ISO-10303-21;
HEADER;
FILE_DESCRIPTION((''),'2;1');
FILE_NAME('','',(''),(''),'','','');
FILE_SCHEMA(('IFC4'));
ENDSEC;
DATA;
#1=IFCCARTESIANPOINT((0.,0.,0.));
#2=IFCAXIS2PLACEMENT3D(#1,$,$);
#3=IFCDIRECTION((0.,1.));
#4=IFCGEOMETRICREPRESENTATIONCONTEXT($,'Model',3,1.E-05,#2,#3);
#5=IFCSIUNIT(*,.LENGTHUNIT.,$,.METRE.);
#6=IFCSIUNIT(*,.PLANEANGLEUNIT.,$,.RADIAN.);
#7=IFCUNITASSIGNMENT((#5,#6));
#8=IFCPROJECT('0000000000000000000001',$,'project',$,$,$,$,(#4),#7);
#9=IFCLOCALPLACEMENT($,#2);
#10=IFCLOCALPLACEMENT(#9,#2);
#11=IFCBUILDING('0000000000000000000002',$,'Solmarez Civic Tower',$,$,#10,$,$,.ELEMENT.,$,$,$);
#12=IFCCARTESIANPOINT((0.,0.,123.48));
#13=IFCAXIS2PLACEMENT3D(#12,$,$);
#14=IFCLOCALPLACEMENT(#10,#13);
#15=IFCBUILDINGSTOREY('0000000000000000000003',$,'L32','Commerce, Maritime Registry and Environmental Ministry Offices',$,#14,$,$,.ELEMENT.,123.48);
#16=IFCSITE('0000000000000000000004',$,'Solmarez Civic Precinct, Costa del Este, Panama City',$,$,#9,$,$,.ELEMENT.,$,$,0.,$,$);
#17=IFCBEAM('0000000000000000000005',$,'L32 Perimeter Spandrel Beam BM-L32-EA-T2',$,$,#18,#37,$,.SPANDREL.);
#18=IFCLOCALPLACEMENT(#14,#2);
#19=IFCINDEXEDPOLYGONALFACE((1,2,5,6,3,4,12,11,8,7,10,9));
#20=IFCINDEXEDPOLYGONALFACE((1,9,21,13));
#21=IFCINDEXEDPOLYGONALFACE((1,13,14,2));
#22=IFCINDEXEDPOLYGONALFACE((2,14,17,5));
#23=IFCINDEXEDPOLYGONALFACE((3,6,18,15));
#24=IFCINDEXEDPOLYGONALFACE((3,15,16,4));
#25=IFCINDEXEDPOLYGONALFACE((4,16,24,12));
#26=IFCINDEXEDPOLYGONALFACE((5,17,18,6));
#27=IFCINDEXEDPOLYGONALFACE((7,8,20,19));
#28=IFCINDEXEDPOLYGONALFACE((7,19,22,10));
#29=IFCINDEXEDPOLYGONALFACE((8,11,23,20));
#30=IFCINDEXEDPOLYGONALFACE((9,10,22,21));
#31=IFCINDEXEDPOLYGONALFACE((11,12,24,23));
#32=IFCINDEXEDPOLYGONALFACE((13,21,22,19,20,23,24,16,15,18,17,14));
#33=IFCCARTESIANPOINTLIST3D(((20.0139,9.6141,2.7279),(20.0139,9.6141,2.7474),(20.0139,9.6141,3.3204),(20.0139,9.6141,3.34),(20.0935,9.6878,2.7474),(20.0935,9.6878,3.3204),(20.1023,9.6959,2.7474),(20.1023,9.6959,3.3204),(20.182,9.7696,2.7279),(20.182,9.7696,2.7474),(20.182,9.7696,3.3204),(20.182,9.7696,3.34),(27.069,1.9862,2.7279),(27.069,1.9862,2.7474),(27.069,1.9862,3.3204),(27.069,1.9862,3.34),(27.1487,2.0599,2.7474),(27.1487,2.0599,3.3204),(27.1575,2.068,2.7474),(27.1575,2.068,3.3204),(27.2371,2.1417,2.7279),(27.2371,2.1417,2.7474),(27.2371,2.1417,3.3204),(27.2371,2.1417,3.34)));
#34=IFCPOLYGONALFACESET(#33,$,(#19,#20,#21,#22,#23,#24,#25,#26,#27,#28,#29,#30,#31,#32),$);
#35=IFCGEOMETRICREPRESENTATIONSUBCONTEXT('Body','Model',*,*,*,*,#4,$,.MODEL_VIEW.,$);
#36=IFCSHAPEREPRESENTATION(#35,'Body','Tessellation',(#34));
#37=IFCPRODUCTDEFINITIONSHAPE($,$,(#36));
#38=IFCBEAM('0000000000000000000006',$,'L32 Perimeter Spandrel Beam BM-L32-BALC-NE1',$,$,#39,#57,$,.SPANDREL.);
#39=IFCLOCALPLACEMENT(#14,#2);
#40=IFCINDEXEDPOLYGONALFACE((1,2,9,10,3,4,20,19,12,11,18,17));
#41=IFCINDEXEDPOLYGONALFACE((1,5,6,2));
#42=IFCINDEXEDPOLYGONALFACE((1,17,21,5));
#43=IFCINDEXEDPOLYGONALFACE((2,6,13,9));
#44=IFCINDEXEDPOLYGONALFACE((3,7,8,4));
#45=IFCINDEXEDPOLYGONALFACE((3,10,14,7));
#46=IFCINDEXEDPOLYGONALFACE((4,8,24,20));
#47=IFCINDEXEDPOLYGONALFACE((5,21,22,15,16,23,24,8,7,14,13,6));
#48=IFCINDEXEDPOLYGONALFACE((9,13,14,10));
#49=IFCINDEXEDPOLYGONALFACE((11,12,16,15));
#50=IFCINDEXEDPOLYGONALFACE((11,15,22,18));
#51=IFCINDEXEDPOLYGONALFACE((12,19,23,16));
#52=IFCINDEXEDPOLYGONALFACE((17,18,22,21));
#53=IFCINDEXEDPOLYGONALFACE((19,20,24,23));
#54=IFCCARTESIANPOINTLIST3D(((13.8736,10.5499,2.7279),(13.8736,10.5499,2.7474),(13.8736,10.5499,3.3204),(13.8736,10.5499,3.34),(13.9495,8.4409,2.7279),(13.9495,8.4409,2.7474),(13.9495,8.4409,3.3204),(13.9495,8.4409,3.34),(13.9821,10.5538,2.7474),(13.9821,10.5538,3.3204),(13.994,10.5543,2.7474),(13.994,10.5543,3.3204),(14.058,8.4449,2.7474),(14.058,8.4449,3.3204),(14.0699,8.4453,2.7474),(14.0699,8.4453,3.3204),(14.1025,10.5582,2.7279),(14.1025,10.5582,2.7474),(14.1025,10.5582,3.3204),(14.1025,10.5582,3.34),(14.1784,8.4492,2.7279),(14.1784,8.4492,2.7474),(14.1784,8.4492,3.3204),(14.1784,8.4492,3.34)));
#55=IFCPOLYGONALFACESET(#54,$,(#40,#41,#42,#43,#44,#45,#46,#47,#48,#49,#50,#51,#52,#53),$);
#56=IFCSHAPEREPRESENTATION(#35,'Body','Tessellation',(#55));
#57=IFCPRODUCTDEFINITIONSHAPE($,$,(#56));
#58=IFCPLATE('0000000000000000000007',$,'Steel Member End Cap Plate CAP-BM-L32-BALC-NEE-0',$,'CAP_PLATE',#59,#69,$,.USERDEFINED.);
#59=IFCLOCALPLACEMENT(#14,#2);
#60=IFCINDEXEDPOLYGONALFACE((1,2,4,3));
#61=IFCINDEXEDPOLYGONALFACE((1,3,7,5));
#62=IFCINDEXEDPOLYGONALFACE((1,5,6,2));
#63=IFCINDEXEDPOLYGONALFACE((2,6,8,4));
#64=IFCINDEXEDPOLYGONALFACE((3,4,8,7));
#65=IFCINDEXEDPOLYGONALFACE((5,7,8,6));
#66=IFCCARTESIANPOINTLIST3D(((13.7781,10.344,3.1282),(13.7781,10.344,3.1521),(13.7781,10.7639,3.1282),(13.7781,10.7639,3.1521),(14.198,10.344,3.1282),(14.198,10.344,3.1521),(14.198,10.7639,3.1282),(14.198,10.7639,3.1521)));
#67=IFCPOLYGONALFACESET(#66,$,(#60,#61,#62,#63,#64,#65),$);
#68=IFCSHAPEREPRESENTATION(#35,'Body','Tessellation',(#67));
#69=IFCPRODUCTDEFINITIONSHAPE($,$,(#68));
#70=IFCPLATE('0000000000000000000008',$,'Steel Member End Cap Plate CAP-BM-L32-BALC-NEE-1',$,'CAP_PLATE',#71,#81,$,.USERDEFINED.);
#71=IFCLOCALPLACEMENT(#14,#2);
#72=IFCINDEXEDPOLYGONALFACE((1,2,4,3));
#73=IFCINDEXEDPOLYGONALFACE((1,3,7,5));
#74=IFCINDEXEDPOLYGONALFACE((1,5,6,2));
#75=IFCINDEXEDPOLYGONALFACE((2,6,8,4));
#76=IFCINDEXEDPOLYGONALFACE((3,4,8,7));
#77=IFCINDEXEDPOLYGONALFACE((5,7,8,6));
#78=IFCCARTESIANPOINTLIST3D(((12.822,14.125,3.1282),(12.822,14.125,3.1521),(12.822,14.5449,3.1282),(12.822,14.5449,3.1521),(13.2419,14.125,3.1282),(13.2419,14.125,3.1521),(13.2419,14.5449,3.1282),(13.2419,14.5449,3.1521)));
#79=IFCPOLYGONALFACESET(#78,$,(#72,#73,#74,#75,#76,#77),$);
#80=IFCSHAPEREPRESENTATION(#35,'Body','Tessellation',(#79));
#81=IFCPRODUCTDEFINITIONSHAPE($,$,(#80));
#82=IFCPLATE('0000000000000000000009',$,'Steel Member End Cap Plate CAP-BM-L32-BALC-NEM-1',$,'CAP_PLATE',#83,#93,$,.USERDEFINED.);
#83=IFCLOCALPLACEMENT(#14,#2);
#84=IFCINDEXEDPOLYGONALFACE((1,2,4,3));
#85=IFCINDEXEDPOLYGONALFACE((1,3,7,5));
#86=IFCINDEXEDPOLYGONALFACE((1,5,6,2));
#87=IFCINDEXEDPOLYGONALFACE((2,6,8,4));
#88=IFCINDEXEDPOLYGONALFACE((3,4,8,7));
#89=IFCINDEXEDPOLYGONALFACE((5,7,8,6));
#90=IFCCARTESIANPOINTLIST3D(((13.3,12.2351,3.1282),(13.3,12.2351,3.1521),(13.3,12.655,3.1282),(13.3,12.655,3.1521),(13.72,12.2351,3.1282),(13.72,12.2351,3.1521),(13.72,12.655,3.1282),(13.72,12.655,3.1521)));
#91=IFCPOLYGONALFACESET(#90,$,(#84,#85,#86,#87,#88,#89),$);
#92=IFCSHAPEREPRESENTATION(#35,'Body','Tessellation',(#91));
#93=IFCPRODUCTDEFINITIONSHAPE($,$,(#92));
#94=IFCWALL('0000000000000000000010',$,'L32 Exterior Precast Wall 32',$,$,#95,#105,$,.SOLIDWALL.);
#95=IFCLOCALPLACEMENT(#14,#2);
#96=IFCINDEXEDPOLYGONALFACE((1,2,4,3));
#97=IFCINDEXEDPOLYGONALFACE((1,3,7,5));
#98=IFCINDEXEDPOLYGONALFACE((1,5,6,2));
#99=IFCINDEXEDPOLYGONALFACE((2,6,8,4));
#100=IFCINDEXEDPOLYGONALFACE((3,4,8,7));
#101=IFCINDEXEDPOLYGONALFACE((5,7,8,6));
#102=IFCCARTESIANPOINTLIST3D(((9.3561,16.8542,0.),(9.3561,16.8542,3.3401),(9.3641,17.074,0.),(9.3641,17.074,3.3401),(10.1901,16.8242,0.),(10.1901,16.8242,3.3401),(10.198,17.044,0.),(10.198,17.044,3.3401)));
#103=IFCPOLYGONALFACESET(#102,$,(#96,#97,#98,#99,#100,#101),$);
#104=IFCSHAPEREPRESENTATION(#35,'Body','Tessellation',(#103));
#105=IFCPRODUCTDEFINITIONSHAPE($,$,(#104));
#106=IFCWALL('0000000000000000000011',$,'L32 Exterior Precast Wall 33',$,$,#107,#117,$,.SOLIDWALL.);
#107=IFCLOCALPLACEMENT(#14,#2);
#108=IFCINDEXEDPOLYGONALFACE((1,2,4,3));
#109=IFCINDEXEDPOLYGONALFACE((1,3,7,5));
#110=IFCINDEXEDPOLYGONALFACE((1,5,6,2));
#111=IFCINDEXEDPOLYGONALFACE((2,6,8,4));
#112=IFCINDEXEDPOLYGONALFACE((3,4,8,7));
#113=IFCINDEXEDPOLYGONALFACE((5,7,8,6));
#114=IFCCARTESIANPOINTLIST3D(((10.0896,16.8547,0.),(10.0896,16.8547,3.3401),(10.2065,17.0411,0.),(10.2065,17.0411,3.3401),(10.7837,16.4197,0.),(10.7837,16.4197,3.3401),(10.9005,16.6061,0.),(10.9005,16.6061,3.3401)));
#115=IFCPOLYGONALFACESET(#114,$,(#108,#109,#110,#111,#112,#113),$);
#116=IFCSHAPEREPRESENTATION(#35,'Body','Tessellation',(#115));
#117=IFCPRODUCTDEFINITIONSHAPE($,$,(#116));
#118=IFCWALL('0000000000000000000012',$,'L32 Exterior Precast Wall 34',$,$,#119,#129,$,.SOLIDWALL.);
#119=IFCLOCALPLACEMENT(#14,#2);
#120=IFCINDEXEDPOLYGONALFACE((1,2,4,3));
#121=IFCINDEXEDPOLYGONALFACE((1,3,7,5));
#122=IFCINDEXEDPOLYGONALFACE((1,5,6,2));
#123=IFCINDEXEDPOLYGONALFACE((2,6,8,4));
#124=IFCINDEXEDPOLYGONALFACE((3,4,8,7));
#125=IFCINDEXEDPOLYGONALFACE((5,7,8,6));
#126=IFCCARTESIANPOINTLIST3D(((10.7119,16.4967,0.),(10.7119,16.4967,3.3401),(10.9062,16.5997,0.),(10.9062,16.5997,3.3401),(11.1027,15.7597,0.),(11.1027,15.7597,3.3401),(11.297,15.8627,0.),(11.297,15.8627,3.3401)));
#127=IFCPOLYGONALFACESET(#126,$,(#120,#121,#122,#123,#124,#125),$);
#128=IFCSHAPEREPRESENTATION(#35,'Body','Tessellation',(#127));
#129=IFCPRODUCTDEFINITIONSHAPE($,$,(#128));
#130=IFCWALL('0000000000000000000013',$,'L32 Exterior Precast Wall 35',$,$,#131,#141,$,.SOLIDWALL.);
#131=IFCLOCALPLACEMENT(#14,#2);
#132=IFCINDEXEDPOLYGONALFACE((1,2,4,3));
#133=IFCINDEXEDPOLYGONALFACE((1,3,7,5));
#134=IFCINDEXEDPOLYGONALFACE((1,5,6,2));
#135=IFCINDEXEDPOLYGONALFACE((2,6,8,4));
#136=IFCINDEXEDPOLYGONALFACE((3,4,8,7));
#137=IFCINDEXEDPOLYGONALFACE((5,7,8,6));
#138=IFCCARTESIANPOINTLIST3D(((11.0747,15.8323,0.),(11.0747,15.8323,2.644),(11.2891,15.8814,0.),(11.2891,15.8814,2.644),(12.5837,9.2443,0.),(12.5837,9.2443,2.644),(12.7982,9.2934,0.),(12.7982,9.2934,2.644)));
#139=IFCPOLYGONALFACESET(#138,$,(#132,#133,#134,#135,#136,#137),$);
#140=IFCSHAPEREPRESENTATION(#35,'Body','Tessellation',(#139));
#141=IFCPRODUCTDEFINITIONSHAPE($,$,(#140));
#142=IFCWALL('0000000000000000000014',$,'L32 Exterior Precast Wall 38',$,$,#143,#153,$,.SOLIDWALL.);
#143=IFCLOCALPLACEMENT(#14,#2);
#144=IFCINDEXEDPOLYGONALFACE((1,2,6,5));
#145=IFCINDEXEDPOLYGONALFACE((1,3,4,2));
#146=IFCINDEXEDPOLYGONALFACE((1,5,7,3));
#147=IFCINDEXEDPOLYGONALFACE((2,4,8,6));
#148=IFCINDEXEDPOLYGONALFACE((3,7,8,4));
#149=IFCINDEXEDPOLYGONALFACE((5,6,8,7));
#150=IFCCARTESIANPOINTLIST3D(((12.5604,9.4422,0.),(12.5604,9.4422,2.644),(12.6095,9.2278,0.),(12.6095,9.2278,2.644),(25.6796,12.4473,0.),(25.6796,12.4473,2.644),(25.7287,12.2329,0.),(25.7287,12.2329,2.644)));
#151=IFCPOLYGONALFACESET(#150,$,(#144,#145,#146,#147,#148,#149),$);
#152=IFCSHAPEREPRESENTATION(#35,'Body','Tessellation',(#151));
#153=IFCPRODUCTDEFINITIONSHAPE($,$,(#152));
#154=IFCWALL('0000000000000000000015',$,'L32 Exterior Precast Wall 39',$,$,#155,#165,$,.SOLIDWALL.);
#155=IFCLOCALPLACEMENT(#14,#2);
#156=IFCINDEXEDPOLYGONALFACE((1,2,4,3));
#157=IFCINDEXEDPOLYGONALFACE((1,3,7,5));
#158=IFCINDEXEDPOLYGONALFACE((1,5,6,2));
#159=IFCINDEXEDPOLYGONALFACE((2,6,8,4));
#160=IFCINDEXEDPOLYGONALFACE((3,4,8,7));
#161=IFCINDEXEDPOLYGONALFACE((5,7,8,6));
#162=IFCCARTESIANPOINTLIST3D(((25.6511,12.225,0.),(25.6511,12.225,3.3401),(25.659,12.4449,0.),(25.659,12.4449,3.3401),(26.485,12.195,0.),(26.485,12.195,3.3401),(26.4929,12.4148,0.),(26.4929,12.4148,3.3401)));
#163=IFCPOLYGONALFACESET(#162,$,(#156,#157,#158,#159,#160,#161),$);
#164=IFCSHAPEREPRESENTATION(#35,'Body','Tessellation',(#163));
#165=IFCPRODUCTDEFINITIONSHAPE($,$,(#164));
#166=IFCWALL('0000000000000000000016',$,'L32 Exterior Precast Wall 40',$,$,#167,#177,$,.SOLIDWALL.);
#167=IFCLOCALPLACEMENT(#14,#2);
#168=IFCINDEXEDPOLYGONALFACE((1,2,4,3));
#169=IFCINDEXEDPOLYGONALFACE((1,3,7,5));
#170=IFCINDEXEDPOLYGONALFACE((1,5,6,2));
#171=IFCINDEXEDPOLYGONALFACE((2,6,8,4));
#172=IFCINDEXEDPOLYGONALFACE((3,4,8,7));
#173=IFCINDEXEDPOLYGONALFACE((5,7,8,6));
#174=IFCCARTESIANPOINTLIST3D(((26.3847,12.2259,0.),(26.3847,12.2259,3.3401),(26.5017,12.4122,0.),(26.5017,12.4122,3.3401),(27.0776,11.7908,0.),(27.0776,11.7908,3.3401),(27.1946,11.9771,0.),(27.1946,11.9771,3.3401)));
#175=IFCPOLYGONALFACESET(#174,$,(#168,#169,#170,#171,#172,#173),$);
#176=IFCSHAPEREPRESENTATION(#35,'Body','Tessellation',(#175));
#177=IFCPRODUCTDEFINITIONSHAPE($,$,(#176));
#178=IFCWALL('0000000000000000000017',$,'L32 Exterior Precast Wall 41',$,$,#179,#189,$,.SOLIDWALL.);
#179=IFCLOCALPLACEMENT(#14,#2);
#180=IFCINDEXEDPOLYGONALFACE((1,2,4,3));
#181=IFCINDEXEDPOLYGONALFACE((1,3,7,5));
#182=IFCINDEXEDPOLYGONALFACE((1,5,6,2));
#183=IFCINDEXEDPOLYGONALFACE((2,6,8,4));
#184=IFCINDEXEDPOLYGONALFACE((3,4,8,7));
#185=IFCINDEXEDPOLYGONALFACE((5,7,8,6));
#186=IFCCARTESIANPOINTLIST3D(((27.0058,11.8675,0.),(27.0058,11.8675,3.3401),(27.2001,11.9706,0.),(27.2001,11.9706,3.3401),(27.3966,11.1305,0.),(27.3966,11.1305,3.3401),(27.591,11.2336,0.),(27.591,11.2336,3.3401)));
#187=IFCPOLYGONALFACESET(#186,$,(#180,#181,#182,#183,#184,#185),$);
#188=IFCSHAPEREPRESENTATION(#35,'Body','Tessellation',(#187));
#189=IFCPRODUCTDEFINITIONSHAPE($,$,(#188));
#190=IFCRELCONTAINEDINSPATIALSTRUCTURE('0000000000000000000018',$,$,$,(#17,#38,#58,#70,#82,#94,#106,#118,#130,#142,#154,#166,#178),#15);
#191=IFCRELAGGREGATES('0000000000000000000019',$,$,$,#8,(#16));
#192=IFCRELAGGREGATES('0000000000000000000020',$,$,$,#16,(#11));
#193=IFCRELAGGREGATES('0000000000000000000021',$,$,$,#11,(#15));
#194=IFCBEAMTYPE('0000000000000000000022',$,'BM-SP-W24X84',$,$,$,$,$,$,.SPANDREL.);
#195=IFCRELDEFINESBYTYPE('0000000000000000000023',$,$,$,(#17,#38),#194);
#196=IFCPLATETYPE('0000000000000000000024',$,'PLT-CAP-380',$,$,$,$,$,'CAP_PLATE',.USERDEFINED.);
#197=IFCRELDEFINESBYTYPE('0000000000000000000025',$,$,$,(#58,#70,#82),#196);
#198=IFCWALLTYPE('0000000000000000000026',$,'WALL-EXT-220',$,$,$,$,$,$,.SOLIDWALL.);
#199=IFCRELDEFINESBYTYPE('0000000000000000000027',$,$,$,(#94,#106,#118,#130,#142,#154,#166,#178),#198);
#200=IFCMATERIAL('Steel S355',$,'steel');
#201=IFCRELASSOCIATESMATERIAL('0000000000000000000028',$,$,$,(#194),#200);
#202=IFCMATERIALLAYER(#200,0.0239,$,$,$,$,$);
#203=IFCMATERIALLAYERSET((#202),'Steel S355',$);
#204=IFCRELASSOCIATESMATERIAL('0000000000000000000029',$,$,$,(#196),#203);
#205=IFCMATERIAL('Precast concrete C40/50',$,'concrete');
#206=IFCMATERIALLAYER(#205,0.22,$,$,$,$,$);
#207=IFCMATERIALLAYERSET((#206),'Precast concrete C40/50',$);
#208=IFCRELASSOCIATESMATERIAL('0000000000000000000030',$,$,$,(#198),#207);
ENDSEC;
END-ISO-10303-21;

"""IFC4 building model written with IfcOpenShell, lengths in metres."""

from ifc_helpers import new_model, si_unit, direction, frame, frame_2d, origin, origin_2d, place, context, subcontext, project, spatial, rectangle, i_section, extrude, material, layer, layer_set, material_profile, profile_set, type_object, element, save


model = new_model("IFC4")

# Units and contexts
model_context = context("Model", 3, precision=1e-05, world=origin(), true_north=direction((0.0, 1.0)))
body_context = subcontext(model_context, "Body", "Model", "MODEL_VIEW")
ifc_project = project(units=[si_unit("LENGTHUNIT", "METRE"), si_unit("PLANEANGLEUNIT", "RADIAN")], contexts=[model_context])

# Site, building, storey
site_placement = place(None, origin())
site = spatial("IfcSite", under=ifc_project, at=site_placement, Name="Solmarez Civic Precinct, Costa del Este, Panama City", CompositionType="ELEMENT", RefElevation=0.0)
building_placement = place(site_placement, origin())
building = spatial("IfcBuilding", under=site, at=building_placement, Name="Solmarez Civic Tower", CompositionType="ELEMENT")
storey_placement = place(building_placement, frame((0.0, 0.0, 123.48)))
storey = spatial("IfcBuildingStorey", under=building, at=storey_placement, Name="L32", Description="Commerce, Maritime Registry and Environmental Ministry Offices", CompositionType="ELEMENT", Elevation=123.48)

# Beams
ifc_material_1 = material(Name="Steel S355", Category="steel")
ifc_material_profile_1 = material_profile(ifc_material_1, i_section(OverallWidth=0.229, OverallDepth=0.6121, WebThickness=0.012, FlangeThickness=0.0195, at=origin_2d()), Name="W24X84")
ifc_profile_set_1 = profile_set([ifc_material_profile_1], Name="Steel S355")
beam_type_1 = type_object("IfcBeamType", Name="BM-SP-W24X84", PredefinedType="SPANDREL", material=ifc_profile_set_1)
beam_1_placement = place(storey_placement, frame((27.1531, 2.064, 3.0339), z_axis=(-0.679008, 0.734131, 0.0), x_axis=(-0.734131, -0.679008, 0.0)))
element("IfcBeam", 1, at=beam_1_placement, inside=storey, type_object=beam_type_1, Name="L32 Perimeter Spandrel Beam BM-L32-EA-T2", PredefinedType="SPANDREL", context=body_context, shape_type="SweptSolid", body=[
    extrude(i_section(OverallWidth=0.229, OverallDepth=0.6121, WebThickness=0.012, FlangeThickness=0.0195, at=origin_2d()), origin(), (0.0, 0.0, 1.0), 10.3904),
])
beam_2_placement = place(storey_placement, frame((14.064, 8.4451, 3.0339), z_axis=(-0.03598, 0.999352, 0.0), x_axis=(-0.999352, -0.03598, 0.0)))
element("IfcBeam", 2, at=beam_2_placement, inside=storey, type_object=beam_type_1, Name="L32 Perimeter Spandrel Beam BM-L32-BALC-NE1", PredefinedType="SPANDREL", context=body_context, shape_type="SweptSolid", body=[
    extrude(i_section(OverallWidth=0.229, OverallDepth=0.6121, WebThickness=0.012, FlangeThickness=0.0195, at=origin_2d()), origin(), (0.0, 0.0, 1.0), 2.1104),
])

# Plates
ifc_layer_1 = layer(ifc_material_1, 0.0239)
ifc_layer_set_1 = layer_set([ifc_layer_1], Name="Steel S355")
plate_type = type_object("IfcPlateType", Name="PLT-CAP-380", ElementType="CAP_PLATE", PredefinedType="USERDEFINED", material=ifc_layer_set_1)
for number, where, z_axis, x_axis, name in (
    (3, (13.988, 10.554, 3.1282), (0.0, 0.0, 1.0), (1.0, 0.0, 0.0), "Steel Member End Cap Plate CAP-BM-L32-BALC-NEE-0"),
    (4, (13.032, 14.335, 3.1282), (0.0, 0.0, 1.0), (1.0, 0.0, 0.0), "Steel Member End Cap Plate CAP-BM-L32-BALC-NEE-1"),
    (5, (13.51, 12.4451, 3.1282), (0.0, 0.0, 1.0), (1.0, 0.0, 0.0), "Steel Member End Cap Plate CAP-BM-L32-BALC-NEM-1"),
):
    element("IfcPlate", number, at=place(storey_placement, frame(where, z_axis=z_axis, x_axis=x_axis)), inside=storey, type_object=plate_type, Name=name, ObjectType="CAP_PLATE", PredefinedType="USERDEFINED", context=body_context, shape_type="SweptSolid", body=[
        extrude(rectangle(XDim=0.4199, YDim=0.4199, at=origin_2d()), origin(), (0.0, 0.0, 1.0), 0.0239),
    ])

# Walls
ifc_material_2 = material(Name="Precast concrete C40/50", Category="concrete")
ifc_layer_2 = layer(ifc_material_2, 0.22)
ifc_layer_set_2 = layer_set([ifc_layer_2], Name="Precast concrete C40/50")
wall_type_1 = type_object("IfcWallType", Name="WALL-EXT-220", PredefinedType="SOLIDWALL", material=ifc_layer_set_2)
wall_1_placement = place(storey_placement, frame((9.3601, 16.9641, 0.0), z_axis=(0.0, 0.0, 1.0), x_axis=(0.999352, -0.035984, 0.0)))
element("IfcWall", 6, at=wall_1_placement, inside=storey, type_object=wall_type_1, Name="L32 Exterior Precast Wall 32", PredefinedType="SOLIDWALL", context=body_context, shape_type="SweptSolid", body=[
    extrude(rectangle(XDim=0.8345, YDim=0.22, at=frame_2d((0.4172, 0.0))), origin(), (0.0, 0.0, 1.0), 3.3401),
])
wall_2_placement = place(storey_placement, frame((10.1479, 16.948, 0.0), z_axis=(0.0, 0.0, 1.0), x_axis=(0.847311, -0.531097, 0.0)))
element("IfcWall", 7, at=wall_2_placement, inside=storey, type_object=wall_type_1, Name="L32 Exterior Precast Wall 33", PredefinedType="SOLIDWALL", context=body_context, shape_type="SweptSolid", body=[
    extrude(rectangle(XDim=0.8191, YDim=0.22, at=frame_2d((0.4097, 0.0))), origin(), (0.0, 0.0, 1.0), 3.3401),
])
wall_3_placement = place(storey_placement, frame((10.8091, 16.5481, 0.0), z_axis=(0.0, 0.0, 1.0), x_axis=(0.468506, -0.88346, 0.0)))
element("IfcWall", 8, at=wall_3_placement, inside=storey, type_object=wall_type_1, Name="L32 Exterior Precast Wall 34", PredefinedType="SOLIDWALL", context=body_context, shape_type="SweptSolid", body=[
    extrude(rectangle(XDim=0.8342, YDim=0.22, at=frame_2d((0.417, 0.0))), origin(), (0.0, 0.0, 1.0), 3.3401),
])
wall_4_placement = place(storey_placement, frame((11.1819, 15.8569, 0.0), z_axis=(0.0, 0.0, 1.0), x_axis=(0.223279, -0.974755, 0.0)))
element("IfcWall", 9, at=wall_4_placement, inside=storey, type_object=wall_type_1, Name="L32 Exterior Precast Wall 35", PredefinedType="SOLIDWALL", context=body_context, shape_type="SweptSolid", body=[
    extrude(rectangle(XDim=6.7585, YDim=0.22, at=frame_2d((3.3794, 0.0))), origin(), (0.0, 0.0, 1.0), 2.644),
])
wall_5_placement = place(storey_placement, frame((12.585, 9.335, 0.0), z_axis=(0.0, 0.0, 1.0), x_axis=(0.974754, 0.223281, 0.0)))
element("IfcWall", 10, at=wall_5_placement, inside=storey, type_object=wall_type_1, Name="L32 Exterior Precast Wall 38", PredefinedType="SOLIDWALL", context=body_context, shape_type="SweptSolid", body=[
    extrude(rectangle(XDim=13.459, YDim=0.22, at=frame_2d((6.7295, 0.0))), origin(), (0.0, 0.0, 1.0), 2.644),
])
wall_6_placement = place(storey_placement, frame((25.655, 12.335, 0.0), z_axis=(0.0, 0.0, 1.0), x_axis=(0.999352, -0.035984, 0.0)))
element("IfcWall", 11, at=wall_6_placement, inside=storey, type_object=wall_type_1, Name="L32 Exterior Precast Wall 39", PredefinedType="SOLIDWALL", context=body_context, shape_type="SweptSolid", body=[
    extrude(rectangle(XDim=0.8345, YDim=0.22, at=frame_2d((0.4172, 0.0))), origin(), (0.0, 0.0, 1.0), 3.3401),
])
wall_7_placement = place(storey_placement, frame((26.4431, 12.3191, 0.0), z_axis=(0.0, 0.0, 1.0), x_axis=(0.84689, -0.531768, 0.0)))
element("IfcWall", 12, at=wall_7_placement, inside=storey, type_object=wall_type_1, Name="L32 Exterior Precast Wall 40", PredefinedType="SOLIDWALL", context=body_context, shape_type="SweptSolid", body=[
    extrude(rectangle(XDim=0.8181, YDim=0.22, at=frame_2d((0.4092, 0.0))), origin(), (0.0, 0.0, 1.0), 3.3401),
])
wall_8_placement = place(storey_placement, frame((27.103, 11.9189, 0.0), z_axis=(0.0, 0.0, 1.0), x_axis=(0.468506, -0.88346, 0.0)))
element("IfcWall", 13, at=wall_8_placement, inside=storey, type_object=wall_type_1, Name="L32 Exterior Precast Wall 41", PredefinedType="SOLIDWALL", context=body_context, shape_type="SweptSolid", body=[
    extrude(rectangle(XDim=0.8342, YDim=0.22, at=frame_2d((0.417, 0.0))), origin(), (0.0, 0.0, 1.0), 3.3401),
])

save(model, "model.ifc")
